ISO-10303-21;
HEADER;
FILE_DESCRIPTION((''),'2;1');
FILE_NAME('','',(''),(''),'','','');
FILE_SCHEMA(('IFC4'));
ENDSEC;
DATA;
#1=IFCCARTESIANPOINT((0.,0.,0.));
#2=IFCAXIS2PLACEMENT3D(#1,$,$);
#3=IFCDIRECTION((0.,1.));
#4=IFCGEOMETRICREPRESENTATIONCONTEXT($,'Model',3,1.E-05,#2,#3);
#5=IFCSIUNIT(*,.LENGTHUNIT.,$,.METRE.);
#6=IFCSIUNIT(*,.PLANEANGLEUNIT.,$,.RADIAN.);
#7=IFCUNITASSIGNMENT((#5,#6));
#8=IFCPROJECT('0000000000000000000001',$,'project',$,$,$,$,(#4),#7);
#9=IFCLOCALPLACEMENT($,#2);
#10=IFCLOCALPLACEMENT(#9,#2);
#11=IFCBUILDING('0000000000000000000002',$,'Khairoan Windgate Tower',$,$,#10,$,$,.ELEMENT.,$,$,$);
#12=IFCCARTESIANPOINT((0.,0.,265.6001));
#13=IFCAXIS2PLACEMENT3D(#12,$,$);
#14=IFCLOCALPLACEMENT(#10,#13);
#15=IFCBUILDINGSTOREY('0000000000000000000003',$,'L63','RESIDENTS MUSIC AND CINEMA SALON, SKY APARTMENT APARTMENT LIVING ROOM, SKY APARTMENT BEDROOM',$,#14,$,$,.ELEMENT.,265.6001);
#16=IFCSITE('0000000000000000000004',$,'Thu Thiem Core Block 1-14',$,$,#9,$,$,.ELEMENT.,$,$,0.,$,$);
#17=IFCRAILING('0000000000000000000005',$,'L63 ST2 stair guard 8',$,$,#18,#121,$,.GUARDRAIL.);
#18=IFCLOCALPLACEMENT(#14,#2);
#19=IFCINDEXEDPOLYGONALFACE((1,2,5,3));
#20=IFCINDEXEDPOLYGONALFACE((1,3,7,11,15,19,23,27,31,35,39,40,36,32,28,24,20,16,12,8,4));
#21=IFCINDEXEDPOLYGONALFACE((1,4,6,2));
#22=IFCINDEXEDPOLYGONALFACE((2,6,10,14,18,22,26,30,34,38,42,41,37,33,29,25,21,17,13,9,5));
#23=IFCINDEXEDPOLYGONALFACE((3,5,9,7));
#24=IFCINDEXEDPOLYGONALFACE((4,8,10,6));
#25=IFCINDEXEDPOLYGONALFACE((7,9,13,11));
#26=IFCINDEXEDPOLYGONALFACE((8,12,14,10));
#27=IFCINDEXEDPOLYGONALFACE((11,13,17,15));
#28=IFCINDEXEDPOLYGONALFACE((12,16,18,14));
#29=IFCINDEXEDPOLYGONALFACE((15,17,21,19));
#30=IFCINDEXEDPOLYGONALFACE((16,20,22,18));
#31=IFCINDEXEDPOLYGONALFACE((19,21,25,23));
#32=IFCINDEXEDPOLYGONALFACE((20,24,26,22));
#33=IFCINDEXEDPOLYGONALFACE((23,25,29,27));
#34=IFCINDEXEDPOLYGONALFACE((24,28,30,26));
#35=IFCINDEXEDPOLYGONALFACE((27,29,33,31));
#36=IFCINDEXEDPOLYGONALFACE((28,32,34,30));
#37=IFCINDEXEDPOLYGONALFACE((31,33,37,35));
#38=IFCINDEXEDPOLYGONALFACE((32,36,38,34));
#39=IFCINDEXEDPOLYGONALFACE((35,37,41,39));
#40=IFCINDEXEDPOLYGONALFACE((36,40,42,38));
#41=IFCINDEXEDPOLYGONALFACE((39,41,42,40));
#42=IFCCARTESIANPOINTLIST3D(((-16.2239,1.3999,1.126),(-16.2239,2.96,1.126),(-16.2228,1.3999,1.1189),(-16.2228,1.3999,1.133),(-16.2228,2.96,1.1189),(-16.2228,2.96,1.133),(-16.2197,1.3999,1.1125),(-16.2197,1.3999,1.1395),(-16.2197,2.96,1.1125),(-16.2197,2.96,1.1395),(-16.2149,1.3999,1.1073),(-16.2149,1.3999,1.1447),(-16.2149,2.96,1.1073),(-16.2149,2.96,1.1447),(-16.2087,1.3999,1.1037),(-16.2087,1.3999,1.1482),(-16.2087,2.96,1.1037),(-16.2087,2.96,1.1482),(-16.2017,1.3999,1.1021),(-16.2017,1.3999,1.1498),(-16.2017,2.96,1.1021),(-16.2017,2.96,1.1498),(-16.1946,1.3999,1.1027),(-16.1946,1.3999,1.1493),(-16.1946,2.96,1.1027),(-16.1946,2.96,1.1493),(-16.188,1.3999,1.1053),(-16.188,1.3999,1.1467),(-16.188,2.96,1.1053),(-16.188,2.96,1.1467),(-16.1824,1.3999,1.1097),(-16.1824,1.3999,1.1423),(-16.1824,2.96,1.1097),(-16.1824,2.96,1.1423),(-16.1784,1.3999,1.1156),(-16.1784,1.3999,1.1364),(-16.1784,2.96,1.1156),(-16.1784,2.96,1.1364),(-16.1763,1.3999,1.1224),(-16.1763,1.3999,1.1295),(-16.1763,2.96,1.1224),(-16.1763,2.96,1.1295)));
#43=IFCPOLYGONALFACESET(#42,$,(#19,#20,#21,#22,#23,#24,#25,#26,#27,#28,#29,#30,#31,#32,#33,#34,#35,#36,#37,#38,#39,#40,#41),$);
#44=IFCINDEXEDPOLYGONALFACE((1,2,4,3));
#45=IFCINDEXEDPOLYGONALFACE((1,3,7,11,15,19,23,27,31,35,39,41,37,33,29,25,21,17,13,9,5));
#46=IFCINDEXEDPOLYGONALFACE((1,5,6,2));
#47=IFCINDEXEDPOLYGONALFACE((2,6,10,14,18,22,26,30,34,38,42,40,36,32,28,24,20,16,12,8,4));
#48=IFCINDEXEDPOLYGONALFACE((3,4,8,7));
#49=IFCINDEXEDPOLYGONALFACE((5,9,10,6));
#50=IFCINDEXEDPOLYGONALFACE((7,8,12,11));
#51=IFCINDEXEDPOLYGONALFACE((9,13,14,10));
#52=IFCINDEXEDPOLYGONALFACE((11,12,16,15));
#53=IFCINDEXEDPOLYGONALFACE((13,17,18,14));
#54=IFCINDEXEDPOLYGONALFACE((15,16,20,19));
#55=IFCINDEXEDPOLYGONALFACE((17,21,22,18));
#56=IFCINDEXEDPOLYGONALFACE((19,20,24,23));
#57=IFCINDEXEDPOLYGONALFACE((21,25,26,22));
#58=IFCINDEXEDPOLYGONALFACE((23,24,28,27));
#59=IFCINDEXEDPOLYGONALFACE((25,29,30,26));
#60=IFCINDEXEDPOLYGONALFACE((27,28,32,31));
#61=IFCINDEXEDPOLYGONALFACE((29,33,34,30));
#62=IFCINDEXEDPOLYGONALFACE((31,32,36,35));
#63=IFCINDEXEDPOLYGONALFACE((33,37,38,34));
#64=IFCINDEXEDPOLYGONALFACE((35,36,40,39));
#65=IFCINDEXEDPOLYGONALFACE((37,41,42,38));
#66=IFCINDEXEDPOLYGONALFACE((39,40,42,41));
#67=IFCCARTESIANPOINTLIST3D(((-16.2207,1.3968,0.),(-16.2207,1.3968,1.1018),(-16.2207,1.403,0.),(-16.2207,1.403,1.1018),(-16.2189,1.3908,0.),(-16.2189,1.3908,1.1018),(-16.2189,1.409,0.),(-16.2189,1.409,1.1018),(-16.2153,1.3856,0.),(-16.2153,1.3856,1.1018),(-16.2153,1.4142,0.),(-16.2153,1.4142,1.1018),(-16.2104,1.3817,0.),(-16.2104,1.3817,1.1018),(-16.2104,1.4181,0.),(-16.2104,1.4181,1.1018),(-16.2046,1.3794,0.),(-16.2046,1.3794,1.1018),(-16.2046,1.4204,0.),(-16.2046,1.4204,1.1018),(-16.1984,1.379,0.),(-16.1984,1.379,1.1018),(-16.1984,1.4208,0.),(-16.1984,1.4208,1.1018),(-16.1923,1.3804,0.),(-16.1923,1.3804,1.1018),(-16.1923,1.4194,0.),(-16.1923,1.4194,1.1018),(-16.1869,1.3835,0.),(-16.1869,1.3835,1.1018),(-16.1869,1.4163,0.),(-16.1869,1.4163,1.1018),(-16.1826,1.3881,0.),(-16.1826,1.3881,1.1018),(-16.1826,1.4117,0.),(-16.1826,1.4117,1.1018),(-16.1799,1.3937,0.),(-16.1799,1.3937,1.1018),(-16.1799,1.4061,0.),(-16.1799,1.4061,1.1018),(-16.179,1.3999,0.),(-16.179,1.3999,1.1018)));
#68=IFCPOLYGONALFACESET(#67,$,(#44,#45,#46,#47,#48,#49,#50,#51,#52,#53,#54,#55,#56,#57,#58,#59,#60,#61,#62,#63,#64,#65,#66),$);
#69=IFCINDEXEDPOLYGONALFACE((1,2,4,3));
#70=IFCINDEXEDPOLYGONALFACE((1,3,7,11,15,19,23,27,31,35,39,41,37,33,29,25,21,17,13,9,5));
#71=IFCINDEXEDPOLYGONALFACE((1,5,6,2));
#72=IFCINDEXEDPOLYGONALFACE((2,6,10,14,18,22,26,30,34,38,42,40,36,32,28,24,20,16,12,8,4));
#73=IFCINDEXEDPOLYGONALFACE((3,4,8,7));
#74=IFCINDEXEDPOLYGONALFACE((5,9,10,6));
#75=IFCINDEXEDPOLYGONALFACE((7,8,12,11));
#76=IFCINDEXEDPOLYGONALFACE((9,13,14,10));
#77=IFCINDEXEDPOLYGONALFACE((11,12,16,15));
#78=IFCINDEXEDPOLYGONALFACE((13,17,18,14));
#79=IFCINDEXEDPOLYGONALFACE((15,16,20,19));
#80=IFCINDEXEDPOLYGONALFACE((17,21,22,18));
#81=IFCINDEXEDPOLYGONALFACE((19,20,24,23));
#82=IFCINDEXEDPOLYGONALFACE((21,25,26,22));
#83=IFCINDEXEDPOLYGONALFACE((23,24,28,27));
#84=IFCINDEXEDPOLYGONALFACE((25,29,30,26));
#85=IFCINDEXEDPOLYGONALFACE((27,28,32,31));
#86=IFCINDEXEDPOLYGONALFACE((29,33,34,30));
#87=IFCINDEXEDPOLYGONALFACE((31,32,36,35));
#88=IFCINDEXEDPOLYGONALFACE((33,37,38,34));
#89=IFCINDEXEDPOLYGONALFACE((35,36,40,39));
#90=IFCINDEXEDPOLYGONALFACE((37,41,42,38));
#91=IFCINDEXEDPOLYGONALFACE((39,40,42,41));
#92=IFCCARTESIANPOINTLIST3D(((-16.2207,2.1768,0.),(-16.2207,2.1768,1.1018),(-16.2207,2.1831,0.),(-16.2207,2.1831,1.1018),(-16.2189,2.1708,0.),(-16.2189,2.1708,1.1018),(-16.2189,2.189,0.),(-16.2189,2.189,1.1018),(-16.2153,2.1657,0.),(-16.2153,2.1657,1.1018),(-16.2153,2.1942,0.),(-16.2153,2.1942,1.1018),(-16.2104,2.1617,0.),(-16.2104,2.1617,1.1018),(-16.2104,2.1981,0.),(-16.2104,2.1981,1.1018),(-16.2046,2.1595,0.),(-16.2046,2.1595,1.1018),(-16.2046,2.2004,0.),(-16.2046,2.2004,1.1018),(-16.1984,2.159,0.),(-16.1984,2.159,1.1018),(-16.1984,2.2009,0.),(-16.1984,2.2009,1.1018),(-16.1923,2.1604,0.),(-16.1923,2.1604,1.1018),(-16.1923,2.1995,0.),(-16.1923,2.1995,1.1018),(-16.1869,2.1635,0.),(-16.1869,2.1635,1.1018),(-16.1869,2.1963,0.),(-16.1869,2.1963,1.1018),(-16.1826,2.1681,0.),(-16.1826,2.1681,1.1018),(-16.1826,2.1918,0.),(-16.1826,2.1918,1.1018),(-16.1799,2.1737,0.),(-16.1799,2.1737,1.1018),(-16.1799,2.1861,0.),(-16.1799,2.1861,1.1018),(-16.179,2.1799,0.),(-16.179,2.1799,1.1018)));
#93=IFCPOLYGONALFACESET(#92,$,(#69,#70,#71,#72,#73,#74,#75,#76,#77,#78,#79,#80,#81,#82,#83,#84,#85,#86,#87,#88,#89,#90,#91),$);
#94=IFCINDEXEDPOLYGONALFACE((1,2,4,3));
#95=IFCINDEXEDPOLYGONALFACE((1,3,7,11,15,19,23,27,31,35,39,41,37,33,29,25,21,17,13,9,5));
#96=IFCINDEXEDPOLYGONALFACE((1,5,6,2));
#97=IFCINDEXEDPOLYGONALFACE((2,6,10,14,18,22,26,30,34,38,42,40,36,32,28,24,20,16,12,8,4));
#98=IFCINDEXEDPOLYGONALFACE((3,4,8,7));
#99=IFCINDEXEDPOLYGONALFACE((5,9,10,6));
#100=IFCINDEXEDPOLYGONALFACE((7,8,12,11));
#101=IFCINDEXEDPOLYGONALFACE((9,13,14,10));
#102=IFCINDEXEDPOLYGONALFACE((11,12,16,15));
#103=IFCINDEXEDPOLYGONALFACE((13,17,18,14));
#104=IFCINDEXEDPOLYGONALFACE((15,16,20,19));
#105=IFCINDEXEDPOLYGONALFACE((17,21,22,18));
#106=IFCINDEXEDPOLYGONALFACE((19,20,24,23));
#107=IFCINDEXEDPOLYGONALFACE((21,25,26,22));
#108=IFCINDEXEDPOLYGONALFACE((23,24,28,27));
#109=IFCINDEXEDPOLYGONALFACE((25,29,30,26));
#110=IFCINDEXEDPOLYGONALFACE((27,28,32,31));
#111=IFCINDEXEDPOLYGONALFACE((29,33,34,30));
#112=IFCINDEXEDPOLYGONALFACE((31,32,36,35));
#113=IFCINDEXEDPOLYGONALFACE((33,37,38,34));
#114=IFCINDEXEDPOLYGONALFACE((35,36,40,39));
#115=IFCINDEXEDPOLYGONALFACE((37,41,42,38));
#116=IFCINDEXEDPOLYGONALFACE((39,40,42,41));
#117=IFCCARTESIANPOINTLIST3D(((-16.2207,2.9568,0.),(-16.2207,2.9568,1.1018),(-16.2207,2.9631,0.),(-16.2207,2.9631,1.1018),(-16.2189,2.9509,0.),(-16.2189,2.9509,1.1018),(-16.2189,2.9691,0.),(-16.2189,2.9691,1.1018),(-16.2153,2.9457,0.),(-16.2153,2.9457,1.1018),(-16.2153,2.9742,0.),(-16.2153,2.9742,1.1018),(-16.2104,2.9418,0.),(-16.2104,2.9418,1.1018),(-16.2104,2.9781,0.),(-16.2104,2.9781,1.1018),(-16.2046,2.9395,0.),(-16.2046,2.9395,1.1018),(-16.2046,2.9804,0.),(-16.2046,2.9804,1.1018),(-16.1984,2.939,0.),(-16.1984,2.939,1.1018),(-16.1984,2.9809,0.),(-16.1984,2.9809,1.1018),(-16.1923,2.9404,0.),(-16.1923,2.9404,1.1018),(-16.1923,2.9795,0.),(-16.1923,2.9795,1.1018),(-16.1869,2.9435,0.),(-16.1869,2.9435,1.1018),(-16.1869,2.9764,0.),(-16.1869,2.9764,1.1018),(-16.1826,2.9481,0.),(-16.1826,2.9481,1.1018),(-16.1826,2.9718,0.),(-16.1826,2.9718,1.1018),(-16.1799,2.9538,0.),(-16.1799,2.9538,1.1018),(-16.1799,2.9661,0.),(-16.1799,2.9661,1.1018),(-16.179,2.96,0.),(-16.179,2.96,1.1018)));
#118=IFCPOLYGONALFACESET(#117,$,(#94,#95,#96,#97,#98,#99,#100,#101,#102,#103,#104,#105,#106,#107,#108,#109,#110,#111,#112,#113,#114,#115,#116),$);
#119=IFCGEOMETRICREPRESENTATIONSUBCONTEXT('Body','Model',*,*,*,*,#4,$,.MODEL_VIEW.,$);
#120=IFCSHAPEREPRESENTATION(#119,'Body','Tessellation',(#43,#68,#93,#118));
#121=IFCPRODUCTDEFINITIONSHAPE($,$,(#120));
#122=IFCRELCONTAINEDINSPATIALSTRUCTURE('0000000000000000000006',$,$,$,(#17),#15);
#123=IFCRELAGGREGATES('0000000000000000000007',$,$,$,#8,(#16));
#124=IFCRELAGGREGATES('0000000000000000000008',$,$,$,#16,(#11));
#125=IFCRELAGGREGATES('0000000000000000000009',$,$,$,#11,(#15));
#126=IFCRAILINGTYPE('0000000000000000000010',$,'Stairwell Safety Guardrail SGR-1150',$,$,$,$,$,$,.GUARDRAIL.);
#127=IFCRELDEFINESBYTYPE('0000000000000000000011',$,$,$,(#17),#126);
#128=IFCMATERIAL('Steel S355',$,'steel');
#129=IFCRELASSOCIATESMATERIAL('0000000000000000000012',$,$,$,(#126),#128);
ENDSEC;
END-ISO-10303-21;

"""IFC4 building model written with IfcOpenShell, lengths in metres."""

from ifc_helpers import new_model, si_unit, direction, frame, origin, origin_2d, place, context, subcontext, project, spatial, circle, extrude, material, type_object, element, save


model = new_model("IFC4")

# Units and contexts
model_context = context("Model", 3, precision=1e-05, world=origin(), true_north=direction((0.0, 1.0)))
body_context = subcontext(model_context, "Body", "Model", "MODEL_VIEW")
ifc_project = project(units=[si_unit("LENGTHUNIT", "METRE"), si_unit("PLANEANGLEUNIT", "RADIAN")], contexts=[model_context])

# Site, building, storey
site_placement = place(None, origin())
site = spatial("IfcSite", under=ifc_project, at=site_placement, Name="Thu Thiem Core Block 1-14", CompositionType="ELEMENT", RefElevation=0.0)
building_placement = place(site_placement, origin())
building = spatial("IfcBuilding", under=site, at=building_placement, Name="Khairoan Windgate Tower", CompositionType="ELEMENT")
storey_placement = place(building_placement, frame((0.0, 0.0, 265.6001)))
storey = spatial("IfcBuildingStorey", under=building, at=storey_placement, Name="L63", Description="RESIDENTS MUSIC AND CINEMA SALON, SKY APARTMENT APARTMENT LIVING ROOM, SKY APARTMENT BEDROOM", CompositionType="ELEMENT", Elevation=265.6001)

# Railing
ifc_material_1 = material(Name="Steel S355", Category="steel")
railing_type_1 = type_object("IfcRailingType", Name="Stairwell Safety Guardrail SGR-1150", PredefinedType="GUARDRAIL", material=ifc_material_1)
railing_1_placement = place(storey_placement, frame((-16.2, 1.3999, 0.0)))
element("IfcRailing", 1, at=railing_1_placement, inside=storey, type_object=railing_type_1, Name="L63 ST2 stair guard 8", PredefinedType="GUARDRAIL", context=body_context, shape_type="SweptSolid", body=[
    extrude(circle(Radius=0.0239, at=origin_2d()), frame((0.0, 0.0, 1.126), z_axis=(0.0, 1.0, 0.0), x_axis=(-1.0, 0.0, 0.0)), (0.0, 0.0, 1.0), 1.5601),
    extrude(circle(Radius=0.021, at=origin_2d()), origin(), (0.0, 0.0, 1.0), 1.1018),
    extrude(circle(Radius=0.021, at=origin_2d()), frame((0.0, 0.78, 0.0)), (0.0, 0.0, 1.0), 1.1018),
    extrude(circle(Radius=0.021, at=origin_2d()), frame((0.0, 1.5601, 0.0)), (0.0, 0.0, 1.0), 1.1018),
])

save(model, "model.ifc")
